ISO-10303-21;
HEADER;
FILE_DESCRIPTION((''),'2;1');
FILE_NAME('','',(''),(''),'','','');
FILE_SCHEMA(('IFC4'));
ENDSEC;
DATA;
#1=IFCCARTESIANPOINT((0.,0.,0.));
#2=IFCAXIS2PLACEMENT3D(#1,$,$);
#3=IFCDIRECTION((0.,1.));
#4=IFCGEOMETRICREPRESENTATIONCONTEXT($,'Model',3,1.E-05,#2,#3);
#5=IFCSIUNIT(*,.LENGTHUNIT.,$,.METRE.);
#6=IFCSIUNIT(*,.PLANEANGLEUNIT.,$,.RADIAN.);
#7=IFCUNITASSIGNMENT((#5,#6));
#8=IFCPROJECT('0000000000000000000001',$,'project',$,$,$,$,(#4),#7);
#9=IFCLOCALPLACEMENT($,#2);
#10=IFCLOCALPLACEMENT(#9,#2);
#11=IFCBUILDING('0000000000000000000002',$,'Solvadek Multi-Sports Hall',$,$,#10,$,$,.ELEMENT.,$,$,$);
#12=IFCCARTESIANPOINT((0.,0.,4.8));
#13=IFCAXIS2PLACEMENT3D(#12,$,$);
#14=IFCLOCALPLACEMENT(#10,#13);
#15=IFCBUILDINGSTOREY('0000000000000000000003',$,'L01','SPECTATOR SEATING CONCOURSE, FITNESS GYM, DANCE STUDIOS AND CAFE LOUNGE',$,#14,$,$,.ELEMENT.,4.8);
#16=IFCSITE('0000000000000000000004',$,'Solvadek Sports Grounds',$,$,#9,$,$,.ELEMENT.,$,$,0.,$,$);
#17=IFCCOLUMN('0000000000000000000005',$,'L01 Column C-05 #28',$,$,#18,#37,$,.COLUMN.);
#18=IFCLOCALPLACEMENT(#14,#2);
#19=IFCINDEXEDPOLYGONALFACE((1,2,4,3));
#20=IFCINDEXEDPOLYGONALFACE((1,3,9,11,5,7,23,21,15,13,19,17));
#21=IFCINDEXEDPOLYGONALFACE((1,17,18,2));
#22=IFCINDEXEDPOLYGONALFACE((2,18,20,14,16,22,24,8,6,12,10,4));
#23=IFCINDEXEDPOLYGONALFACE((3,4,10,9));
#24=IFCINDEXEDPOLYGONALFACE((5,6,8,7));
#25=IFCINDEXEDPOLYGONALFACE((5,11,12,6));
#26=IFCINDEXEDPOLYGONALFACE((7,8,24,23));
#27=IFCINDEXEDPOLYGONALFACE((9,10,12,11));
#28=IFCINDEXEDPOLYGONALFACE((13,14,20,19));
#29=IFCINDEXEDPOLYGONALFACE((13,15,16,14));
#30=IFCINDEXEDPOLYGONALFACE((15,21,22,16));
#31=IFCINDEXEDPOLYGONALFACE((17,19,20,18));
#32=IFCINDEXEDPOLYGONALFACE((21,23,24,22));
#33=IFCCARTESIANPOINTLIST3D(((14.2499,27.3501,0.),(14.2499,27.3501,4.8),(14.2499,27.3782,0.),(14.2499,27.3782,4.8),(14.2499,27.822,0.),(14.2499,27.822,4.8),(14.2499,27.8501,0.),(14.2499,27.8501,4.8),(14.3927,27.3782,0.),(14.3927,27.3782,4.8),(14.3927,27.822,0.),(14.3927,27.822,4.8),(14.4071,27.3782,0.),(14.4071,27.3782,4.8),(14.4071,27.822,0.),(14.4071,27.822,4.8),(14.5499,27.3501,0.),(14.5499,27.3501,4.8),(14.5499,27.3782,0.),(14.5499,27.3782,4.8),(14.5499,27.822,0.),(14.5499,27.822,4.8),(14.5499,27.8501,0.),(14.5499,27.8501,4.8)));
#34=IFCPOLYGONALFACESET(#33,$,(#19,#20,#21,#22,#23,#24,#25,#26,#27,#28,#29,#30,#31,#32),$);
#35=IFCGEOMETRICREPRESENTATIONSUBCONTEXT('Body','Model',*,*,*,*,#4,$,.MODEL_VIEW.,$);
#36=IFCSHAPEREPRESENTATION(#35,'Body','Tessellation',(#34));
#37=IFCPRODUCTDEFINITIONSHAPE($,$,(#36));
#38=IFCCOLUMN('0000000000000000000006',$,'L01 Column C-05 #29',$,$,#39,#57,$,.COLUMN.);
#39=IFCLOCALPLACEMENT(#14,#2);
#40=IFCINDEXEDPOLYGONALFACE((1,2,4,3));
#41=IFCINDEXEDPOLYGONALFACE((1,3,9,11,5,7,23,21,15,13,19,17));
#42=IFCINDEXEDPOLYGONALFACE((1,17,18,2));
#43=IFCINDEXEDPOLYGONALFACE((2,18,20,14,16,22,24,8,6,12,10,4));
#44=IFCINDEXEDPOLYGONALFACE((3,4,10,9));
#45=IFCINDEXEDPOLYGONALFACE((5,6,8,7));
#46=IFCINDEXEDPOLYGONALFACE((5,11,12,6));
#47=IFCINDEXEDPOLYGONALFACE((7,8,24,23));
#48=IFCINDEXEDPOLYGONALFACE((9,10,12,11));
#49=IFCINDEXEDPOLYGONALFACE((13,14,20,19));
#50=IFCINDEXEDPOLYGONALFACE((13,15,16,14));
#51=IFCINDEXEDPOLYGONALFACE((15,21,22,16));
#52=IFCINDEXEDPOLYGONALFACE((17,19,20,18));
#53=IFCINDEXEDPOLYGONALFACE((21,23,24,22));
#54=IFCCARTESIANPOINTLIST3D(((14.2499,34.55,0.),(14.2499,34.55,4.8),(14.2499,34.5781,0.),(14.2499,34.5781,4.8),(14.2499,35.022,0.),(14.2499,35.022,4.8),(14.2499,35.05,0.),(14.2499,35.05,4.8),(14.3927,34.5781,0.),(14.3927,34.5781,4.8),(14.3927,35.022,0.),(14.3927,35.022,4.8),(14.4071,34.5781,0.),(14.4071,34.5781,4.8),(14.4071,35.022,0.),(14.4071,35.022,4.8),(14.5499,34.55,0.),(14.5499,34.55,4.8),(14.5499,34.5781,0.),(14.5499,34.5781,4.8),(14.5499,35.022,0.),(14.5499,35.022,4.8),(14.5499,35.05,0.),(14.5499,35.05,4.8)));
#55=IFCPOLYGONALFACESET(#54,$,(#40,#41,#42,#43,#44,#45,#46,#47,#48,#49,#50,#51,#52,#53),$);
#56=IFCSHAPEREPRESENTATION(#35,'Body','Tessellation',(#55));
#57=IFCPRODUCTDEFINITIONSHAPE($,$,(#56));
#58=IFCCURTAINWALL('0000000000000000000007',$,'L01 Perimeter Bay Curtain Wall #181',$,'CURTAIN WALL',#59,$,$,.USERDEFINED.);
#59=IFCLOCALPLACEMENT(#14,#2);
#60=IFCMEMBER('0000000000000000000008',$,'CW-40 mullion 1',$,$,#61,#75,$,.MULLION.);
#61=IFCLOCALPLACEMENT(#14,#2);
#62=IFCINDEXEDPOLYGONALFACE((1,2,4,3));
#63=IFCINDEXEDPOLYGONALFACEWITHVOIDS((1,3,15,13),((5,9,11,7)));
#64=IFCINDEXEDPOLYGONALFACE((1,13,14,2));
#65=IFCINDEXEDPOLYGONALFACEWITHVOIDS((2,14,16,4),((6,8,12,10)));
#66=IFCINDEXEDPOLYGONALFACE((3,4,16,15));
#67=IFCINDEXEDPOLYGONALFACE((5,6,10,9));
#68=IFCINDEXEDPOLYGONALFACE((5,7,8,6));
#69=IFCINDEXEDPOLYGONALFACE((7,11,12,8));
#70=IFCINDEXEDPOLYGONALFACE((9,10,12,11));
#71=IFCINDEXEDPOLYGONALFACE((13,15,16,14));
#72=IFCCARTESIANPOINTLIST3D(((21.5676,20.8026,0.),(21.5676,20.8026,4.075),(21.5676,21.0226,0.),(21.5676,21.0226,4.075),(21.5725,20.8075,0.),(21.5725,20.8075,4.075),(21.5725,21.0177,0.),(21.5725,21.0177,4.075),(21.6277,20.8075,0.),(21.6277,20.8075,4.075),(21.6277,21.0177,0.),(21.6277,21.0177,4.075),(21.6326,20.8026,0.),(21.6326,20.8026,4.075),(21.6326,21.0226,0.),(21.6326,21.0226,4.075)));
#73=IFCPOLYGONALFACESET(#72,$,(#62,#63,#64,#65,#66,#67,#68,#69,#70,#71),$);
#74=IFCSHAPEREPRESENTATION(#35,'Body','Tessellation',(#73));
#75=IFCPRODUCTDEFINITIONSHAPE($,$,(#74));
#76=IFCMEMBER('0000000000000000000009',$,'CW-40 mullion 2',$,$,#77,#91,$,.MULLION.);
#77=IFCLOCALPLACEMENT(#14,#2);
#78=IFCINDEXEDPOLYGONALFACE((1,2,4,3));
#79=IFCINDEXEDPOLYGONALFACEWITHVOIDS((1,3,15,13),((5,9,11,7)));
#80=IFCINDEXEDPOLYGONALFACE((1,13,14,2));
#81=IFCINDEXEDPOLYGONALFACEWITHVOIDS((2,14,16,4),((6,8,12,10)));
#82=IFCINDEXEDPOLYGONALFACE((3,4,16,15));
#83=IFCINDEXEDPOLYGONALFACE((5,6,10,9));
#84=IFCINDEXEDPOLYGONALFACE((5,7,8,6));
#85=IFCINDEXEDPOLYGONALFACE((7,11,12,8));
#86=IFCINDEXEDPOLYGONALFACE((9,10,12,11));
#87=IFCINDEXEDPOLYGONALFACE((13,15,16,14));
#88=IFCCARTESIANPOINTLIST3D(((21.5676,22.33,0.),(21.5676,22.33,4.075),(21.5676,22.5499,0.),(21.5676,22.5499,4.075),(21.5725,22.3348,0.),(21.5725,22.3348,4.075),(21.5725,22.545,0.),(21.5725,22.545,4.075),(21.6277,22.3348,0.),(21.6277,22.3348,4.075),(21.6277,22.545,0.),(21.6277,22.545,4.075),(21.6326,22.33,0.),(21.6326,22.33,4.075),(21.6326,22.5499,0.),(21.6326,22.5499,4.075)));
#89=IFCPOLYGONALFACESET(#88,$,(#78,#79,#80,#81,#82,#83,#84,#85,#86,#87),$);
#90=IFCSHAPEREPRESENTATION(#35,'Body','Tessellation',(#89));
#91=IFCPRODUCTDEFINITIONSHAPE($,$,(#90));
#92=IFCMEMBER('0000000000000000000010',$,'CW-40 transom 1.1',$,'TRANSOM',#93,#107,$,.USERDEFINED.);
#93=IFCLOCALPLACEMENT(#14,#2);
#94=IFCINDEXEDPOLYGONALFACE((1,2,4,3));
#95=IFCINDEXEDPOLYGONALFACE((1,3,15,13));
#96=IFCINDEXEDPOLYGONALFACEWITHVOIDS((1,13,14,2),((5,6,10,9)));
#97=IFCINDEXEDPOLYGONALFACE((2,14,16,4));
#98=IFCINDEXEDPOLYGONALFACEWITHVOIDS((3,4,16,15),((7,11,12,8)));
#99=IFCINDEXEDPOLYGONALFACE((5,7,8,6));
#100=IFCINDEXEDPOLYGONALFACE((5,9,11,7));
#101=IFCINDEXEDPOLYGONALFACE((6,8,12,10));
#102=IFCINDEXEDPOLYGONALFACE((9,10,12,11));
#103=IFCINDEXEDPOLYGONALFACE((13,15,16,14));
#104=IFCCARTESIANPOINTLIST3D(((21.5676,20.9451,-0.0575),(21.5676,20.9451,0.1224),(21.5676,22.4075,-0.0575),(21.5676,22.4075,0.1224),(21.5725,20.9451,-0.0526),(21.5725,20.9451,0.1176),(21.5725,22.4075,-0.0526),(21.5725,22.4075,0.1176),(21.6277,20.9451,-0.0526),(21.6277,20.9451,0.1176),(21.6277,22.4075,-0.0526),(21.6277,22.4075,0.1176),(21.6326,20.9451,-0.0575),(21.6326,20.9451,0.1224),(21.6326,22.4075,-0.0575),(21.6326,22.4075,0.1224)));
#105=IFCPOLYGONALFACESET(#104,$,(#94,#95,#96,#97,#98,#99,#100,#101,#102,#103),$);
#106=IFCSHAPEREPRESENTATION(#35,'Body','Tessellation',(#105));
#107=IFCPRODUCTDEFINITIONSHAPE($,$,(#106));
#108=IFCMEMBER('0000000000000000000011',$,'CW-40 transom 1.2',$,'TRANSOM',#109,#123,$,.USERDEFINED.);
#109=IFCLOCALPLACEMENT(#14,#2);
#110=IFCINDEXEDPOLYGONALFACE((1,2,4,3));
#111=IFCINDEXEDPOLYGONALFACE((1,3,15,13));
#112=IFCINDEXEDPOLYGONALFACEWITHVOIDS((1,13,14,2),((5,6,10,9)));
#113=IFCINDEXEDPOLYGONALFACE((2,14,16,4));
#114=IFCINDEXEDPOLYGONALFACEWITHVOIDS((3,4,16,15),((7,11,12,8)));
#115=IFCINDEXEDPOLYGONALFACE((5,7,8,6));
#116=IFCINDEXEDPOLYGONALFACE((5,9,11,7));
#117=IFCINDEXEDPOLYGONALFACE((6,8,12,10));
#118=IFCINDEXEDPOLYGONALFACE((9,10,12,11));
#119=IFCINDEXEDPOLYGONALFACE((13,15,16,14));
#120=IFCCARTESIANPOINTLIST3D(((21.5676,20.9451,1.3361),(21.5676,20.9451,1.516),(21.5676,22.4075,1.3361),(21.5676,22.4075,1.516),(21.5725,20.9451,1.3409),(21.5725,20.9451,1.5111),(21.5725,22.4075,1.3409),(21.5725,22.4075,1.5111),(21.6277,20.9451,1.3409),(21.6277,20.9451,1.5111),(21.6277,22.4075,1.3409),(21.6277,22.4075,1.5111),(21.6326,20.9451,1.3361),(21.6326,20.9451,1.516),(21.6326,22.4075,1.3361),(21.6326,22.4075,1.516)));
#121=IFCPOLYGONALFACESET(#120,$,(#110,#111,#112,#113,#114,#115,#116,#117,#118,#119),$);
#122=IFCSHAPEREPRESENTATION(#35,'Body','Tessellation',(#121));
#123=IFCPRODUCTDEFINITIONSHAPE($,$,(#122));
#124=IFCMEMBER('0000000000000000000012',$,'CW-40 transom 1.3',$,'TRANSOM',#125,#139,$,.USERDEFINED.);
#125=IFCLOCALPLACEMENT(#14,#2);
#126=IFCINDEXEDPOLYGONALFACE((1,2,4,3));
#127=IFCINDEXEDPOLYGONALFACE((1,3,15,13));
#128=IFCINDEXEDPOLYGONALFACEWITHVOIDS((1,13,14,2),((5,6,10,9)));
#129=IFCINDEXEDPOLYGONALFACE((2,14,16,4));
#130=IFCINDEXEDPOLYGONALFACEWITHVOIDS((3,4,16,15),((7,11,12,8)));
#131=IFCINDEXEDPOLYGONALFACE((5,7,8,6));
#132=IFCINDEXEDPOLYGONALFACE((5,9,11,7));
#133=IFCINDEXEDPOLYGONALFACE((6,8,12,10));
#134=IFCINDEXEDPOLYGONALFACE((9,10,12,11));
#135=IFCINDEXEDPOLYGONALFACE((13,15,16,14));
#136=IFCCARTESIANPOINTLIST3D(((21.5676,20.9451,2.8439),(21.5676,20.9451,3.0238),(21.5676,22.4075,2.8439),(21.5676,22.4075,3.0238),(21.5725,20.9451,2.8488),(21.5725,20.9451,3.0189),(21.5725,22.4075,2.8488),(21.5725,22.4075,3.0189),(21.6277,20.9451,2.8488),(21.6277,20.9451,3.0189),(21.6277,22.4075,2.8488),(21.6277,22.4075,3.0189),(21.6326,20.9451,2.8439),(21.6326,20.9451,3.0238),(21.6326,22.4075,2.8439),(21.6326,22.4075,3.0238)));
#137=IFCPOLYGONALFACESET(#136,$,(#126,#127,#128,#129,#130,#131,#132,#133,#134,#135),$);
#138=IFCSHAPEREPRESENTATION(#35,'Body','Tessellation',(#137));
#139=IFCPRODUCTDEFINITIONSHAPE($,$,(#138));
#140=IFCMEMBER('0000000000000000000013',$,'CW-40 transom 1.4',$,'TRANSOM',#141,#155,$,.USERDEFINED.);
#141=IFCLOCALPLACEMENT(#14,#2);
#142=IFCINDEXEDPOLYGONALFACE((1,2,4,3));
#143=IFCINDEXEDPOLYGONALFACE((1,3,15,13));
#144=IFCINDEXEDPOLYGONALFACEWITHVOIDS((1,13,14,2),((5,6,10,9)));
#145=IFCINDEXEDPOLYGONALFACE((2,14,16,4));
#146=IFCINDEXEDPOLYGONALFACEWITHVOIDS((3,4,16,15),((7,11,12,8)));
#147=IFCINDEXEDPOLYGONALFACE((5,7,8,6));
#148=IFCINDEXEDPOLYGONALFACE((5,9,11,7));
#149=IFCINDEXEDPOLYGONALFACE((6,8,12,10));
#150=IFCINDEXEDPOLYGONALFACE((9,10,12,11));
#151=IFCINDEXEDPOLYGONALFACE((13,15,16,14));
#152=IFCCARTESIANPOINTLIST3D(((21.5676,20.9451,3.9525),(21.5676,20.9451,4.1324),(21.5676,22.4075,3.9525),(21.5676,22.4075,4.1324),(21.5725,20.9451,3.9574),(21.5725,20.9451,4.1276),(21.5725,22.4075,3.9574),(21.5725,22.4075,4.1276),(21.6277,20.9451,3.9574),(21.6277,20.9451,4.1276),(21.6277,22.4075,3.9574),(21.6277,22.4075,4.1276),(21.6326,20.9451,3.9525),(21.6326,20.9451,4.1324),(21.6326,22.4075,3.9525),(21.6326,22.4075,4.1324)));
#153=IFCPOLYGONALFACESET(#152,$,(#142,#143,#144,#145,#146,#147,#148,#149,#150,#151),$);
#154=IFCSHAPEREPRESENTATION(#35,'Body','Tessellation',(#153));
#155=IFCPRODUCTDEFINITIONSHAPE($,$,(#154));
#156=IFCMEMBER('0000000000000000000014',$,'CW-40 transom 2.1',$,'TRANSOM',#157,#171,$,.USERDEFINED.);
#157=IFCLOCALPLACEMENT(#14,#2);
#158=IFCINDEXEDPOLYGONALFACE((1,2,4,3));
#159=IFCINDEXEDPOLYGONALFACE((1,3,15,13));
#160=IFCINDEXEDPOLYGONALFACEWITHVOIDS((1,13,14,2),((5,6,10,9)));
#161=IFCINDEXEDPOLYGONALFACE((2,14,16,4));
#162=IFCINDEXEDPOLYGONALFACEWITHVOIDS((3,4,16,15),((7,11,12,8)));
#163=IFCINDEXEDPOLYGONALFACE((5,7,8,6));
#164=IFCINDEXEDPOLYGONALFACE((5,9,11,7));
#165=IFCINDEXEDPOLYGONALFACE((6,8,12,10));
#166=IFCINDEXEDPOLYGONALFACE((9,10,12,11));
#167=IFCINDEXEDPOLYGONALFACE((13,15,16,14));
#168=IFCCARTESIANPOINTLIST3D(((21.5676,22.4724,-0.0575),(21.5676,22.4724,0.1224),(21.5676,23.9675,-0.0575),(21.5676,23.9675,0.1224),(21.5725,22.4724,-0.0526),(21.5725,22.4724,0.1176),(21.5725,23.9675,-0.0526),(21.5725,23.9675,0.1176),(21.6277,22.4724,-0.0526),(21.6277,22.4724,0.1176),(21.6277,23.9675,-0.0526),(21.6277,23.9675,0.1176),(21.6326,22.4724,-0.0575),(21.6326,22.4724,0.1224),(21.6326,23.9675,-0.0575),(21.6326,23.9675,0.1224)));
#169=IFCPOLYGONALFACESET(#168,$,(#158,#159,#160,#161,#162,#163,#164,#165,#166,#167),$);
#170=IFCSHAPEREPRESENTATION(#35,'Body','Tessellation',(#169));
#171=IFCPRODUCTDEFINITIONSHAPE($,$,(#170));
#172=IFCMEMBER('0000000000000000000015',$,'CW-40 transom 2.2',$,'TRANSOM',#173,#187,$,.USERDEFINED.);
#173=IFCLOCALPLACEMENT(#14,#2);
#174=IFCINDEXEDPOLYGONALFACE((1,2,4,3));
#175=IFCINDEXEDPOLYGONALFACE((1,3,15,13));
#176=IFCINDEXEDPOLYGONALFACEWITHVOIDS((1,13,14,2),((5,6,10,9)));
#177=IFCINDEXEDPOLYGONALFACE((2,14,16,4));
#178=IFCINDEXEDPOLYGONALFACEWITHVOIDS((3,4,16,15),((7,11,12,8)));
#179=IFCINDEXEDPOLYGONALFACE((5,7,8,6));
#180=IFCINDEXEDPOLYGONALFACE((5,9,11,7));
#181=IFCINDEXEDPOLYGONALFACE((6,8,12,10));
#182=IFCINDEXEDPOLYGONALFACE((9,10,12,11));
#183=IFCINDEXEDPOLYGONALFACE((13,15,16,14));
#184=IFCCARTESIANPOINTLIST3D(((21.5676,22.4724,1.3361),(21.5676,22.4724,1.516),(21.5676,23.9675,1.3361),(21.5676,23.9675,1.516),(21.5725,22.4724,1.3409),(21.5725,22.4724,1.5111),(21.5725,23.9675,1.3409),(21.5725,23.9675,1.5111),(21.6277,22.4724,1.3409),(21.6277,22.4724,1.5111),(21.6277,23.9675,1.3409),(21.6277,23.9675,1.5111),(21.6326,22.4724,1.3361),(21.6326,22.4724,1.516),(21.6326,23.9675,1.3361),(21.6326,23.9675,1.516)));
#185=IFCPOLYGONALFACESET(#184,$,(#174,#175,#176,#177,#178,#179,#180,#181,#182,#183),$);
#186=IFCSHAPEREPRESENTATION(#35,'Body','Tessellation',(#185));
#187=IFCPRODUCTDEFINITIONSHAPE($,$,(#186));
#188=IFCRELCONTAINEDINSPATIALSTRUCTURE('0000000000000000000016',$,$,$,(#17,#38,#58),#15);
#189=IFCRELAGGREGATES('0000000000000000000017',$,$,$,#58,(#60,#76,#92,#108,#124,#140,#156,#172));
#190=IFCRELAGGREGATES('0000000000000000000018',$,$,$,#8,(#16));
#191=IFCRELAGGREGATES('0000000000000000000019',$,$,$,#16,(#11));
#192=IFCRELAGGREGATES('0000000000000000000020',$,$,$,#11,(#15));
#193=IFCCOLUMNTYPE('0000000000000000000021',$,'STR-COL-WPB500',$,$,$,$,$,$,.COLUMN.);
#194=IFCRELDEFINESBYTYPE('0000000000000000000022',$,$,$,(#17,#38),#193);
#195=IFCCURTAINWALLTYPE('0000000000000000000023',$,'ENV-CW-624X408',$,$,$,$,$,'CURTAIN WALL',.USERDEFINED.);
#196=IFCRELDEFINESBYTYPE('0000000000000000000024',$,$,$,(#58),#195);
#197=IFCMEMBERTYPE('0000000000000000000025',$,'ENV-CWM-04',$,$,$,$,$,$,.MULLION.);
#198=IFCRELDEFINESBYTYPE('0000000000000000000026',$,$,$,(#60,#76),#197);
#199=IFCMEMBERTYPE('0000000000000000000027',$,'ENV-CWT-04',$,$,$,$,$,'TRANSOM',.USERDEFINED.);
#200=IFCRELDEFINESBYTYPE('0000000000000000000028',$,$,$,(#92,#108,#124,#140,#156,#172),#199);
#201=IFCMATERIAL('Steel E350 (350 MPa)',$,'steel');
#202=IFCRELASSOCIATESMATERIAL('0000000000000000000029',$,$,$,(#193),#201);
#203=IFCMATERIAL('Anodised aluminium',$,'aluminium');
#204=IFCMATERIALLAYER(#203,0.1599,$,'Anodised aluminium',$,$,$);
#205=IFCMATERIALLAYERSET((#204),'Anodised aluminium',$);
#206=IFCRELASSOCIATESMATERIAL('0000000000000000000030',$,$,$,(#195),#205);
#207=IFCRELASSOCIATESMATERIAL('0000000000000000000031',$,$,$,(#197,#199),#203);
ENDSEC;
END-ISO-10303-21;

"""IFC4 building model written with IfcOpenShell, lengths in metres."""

from ifc_helpers import new_model, si_unit, direction, frame, origin, origin_2d, place, context, subcontext, project, spatial, hollow_rectangle, i_section, extrude, material, layer, layer_set, material_profile, profile_set, type_object, element, aggregate, save


model = new_model("IFC4")

# Units and contexts
model_context = context("Model", 3, precision=1e-05, world=origin(), true_north=direction((0.0, 1.0)))
body_context = subcontext(model_context, "Body", "Model", "MODEL_VIEW")
ifc_project = project(units=[si_unit("LENGTHUNIT", "METRE"), si_unit("PLANEANGLEUNIT", "RADIAN")], contexts=[model_context])

# Site, building, storey
site_placement = place(None, origin())
site = spatial("IfcSite", under=ifc_project, at=site_placement, Name="Solvadek Sports Grounds", CompositionType="ELEMENT", RefElevation=0.0)
building_placement = place(site_placement, origin())
building = spatial("IfcBuilding", under=site, at=building_placement, Name="Solvadek Multi-Sports Hall", CompositionType="ELEMENT")
storey_placement = place(building_placement, frame((0.0, 0.0, 4.8)))
storey = spatial("IfcBuildingStorey", under=building, at=storey_placement, Name="L01", Description="SPECTATOR SEATING CONCOURSE, FITNESS GYM, DANCE STUDIOS AND CAFE LOUNGE", CompositionType="ELEMENT", Elevation=4.8)

# Columns
ifc_material_1 = material(Name="Steel E350 (350 MPa)", Category="steel")
ifc_material_profile_1 = material_profile(ifc_material_1, i_section(OverallWidth=0.3, OverallDepth=0.5, WebThickness=0.0144, FlangeThickness=0.0281, at=origin_2d()), Name="WPB 500")
ifc_profile_set_1 = profile_set([ifc_material_profile_1], Name="Steel E350 (350 MPa)")
column_type = type_object("IfcColumnType", Name="STR-COL-WPB500", PredefinedType="COLUMN", material=ifc_profile_set_1)
for number, where, z_axis, x_axis, name in (
    (1, (14.3999, 27.6001, 0.0), (0.0, 0.0, 1.0), (1.0, 0.0, 0.0), "L01 Column C-05 #28"),
    (2, (14.3999, 34.8, 0.0), (0.0, 0.0, 1.0), (1.0, 0.0, 0.0), "L01 Column C-05 #29"),
):
    element("IfcColumn", number, at=place(storey_placement, frame(where, z_axis=z_axis, x_axis=x_axis)), inside=storey, type_object=column_type, Name=name, PredefinedType="COLUMN", context=body_context, shape_type="SweptSolid", body=[
        extrude(i_section(OverallWidth=0.3, OverallDepth=0.5, WebThickness=0.0144, FlangeThickness=0.0281, at=origin_2d()), origin(), (0.0, 0.0, 1.0), 4.8),
    ])

# Curtain wall, members
ifc_material_2 = material(Name="Anodised aluminium", Category="aluminium")
ifc_layer_1 = layer(ifc_material_2, 0.1599, Name="Anodised aluminium")
ifc_layer_set_1 = layer_set([ifc_layer_1], Name="Anodised aluminium")
curtain_wall_type = type_object("IfcCurtainWallType", Name="ENV-CW-624X408", ElementType="CURTAIN WALL", PredefinedType="USERDEFINED", material=ifc_layer_set_1)
curtain_wall_placement = place(storey_placement, origin())
curtain_wall = element("IfcCurtainWall", 3, at=curtain_wall_placement, inside=storey, type_object=curtain_wall_type, Name="L01 Perimeter Bay Curtain Wall #181", ObjectType="CURTAIN WALL", PredefinedType="USERDEFINED")
ifc_material_profile_2 = material_profile(ifc_material_2, hollow_rectangle(XDim=0.0649, YDim=0.22, WallThickness=0.0049, at=origin_2d()), Name="ALU-M 220x65x5")
ifc_profile_set_2 = profile_set([ifc_material_profile_2], Name="Anodised aluminium")
member_type_1 = type_object("IfcMemberType", Name="ENV-CWM-04", PredefinedType="MULLION", material=ifc_profile_set_2)
member_1_placement = place(storey_placement, frame((21.6001, 20.9126, 0.0), z_axis=(0.0, 0.0, 1.0), x_axis=(-1.0, 0.0, 0.0)))
member_1 = element("IfcMember", 4, at=member_1_placement, type_object=member_type_1, Name="CW-40 mullion 1", PredefinedType="MULLION", context=body_context, shape_type="SweptSolid", body=[
    extrude(hollow_rectangle(XDim=0.0649, YDim=0.22, WallThickness=0.0049, at=origin_2d()), origin(), (0.0, 0.0, 1.0), 4.075),
])
member_2_placement = place(storey_placement, frame((21.6001, 22.4399, 0.0), z_axis=(0.0, 0.0, 1.0), x_axis=(-1.0, 0.0, 0.0)))
member_2 = element("IfcMember", 5, at=member_2_placement, type_object=member_type_1, Name="CW-40 mullion 2", PredefinedType="MULLION", context=body_context, shape_type="SweptSolid", body=[
    extrude(hollow_rectangle(XDim=0.0649, YDim=0.22, WallThickness=0.0049, at=origin_2d()), origin(), (0.0, 0.0, 1.0), 4.075),
])
ifc_material_profile_3 = material_profile(ifc_material_2, hollow_rectangle(XDim=0.0649, YDim=0.1799, WallThickness=0.0049, at=origin_2d()), Name="ALU-T 180x65x5")
ifc_profile_set_3 = profile_set([ifc_material_profile_3], Name="Anodised aluminium")
member_type_2 = type_object("IfcMemberType", Name="ENV-CWT-04", ElementType="TRANSOM", PredefinedType="USERDEFINED", material=ifc_profile_set_3)
member_3_placement = place(storey_placement, frame((21.6001, 20.9451, 0.0325), z_axis=(0.0, 1.0, 0.0), x_axis=(-1.0, 0.0, 0.0)))
member_3 = element("IfcMember", 6, at=member_3_placement, type_object=member_type_2, Name="CW-40 transom 1.1", ObjectType="TRANSOM", PredefinedType="USERDEFINED", context=body_context, shape_type="SweptSolid", body=[
    extrude(hollow_rectangle(XDim=0.0649, YDim=0.1799, WallThickness=0.0049, at=origin_2d()), origin(), (0.0, 0.0, 1.0), 1.4624),
])
member_4_placement = place(storey_placement, frame((21.6001, 20.9451, 1.426), z_axis=(0.0, 1.0, 0.0), x_axis=(-1.0, 0.0, 0.0)))
member_4 = element("IfcMember", 7, at=member_4_placement, type_object=member_type_2, Name="CW-40 transom 1.2", ObjectType="TRANSOM", PredefinedType="USERDEFINED", context=body_context, shape_type="SweptSolid", body=[
    extrude(hollow_rectangle(XDim=0.0649, YDim=0.1799, WallThickness=0.0049, at=origin_2d()), origin(), (0.0, 0.0, 1.0), 1.4624),
])
member_5_placement = place(storey_placement, frame((21.6001, 20.9451, 2.9338), z_axis=(0.0, 1.0, 0.0), x_axis=(-1.0, 0.0, 0.0)))
member_5 = element("IfcMember", 8, at=member_5_placement, type_object=member_type_2, Name="CW-40 transom 1.3", ObjectType="TRANSOM", PredefinedType="USERDEFINED", context=body_context, shape_type="SweptSolid", body=[
    extrude(hollow_rectangle(XDim=0.0649, YDim=0.1799, WallThickness=0.0049, at=origin_2d()), origin(), (0.0, 0.0, 1.0), 1.4624),
])
member_6_placement = place(storey_placement, frame((21.6001, 20.9451, 4.0425), z_axis=(0.0, 1.0, 0.0), x_axis=(-1.0, 0.0, 0.0)))
member_6 = element("IfcMember", 9, at=member_6_placement, type_object=member_type_2, Name="CW-40 transom 1.4", ObjectType="TRANSOM", PredefinedType="USERDEFINED", context=body_context, shape_type="SweptSolid", body=[
    extrude(hollow_rectangle(XDim=0.0649, YDim=0.1799, WallThickness=0.0049, at=origin_2d()), origin(), (0.0, 0.0, 1.0), 1.4624),
])
member_7_placement = place(storey_placement, frame((21.6001, 22.4724, 0.0325), z_axis=(0.0, 1.0, 0.0), x_axis=(-1.0, 0.0, 0.0)))
member_7 = element("IfcMember", 10, at=member_7_placement, type_object=member_type_2, Name="CW-40 transom 2.1", ObjectType="TRANSOM", PredefinedType="USERDEFINED", context=body_context, shape_type="SweptSolid", body=[
    extrude(hollow_rectangle(XDim=0.0649, YDim=0.1799, WallThickness=0.0049, at=origin_2d()), origin(), (0.0, 0.0, 1.0), 1.4951),
])
member_8_placement = place(storey_placement, frame((21.6001, 22.4724, 1.426), z_axis=(0.0, 1.0, 0.0), x_axis=(-1.0, 0.0, 0.0)))
member_8 = element("IfcMember", 11, at=member_8_placement, type_object=member_type_2, Name="CW-40 transom 2.2", ObjectType="TRANSOM", PredefinedType="USERDEFINED", context=body_context, shape_type="SweptSolid", body=[
    extrude(hollow_rectangle(XDim=0.0649, YDim=0.1799, WallThickness=0.0049, at=origin_2d()), origin(), (0.0, 0.0, 1.0), 1.4951),
])

aggregate(curtain_wall, [member_1, member_2, member_3, member_4, member_5, member_6, member_7, member_8])

save(model, "model.ifc")
